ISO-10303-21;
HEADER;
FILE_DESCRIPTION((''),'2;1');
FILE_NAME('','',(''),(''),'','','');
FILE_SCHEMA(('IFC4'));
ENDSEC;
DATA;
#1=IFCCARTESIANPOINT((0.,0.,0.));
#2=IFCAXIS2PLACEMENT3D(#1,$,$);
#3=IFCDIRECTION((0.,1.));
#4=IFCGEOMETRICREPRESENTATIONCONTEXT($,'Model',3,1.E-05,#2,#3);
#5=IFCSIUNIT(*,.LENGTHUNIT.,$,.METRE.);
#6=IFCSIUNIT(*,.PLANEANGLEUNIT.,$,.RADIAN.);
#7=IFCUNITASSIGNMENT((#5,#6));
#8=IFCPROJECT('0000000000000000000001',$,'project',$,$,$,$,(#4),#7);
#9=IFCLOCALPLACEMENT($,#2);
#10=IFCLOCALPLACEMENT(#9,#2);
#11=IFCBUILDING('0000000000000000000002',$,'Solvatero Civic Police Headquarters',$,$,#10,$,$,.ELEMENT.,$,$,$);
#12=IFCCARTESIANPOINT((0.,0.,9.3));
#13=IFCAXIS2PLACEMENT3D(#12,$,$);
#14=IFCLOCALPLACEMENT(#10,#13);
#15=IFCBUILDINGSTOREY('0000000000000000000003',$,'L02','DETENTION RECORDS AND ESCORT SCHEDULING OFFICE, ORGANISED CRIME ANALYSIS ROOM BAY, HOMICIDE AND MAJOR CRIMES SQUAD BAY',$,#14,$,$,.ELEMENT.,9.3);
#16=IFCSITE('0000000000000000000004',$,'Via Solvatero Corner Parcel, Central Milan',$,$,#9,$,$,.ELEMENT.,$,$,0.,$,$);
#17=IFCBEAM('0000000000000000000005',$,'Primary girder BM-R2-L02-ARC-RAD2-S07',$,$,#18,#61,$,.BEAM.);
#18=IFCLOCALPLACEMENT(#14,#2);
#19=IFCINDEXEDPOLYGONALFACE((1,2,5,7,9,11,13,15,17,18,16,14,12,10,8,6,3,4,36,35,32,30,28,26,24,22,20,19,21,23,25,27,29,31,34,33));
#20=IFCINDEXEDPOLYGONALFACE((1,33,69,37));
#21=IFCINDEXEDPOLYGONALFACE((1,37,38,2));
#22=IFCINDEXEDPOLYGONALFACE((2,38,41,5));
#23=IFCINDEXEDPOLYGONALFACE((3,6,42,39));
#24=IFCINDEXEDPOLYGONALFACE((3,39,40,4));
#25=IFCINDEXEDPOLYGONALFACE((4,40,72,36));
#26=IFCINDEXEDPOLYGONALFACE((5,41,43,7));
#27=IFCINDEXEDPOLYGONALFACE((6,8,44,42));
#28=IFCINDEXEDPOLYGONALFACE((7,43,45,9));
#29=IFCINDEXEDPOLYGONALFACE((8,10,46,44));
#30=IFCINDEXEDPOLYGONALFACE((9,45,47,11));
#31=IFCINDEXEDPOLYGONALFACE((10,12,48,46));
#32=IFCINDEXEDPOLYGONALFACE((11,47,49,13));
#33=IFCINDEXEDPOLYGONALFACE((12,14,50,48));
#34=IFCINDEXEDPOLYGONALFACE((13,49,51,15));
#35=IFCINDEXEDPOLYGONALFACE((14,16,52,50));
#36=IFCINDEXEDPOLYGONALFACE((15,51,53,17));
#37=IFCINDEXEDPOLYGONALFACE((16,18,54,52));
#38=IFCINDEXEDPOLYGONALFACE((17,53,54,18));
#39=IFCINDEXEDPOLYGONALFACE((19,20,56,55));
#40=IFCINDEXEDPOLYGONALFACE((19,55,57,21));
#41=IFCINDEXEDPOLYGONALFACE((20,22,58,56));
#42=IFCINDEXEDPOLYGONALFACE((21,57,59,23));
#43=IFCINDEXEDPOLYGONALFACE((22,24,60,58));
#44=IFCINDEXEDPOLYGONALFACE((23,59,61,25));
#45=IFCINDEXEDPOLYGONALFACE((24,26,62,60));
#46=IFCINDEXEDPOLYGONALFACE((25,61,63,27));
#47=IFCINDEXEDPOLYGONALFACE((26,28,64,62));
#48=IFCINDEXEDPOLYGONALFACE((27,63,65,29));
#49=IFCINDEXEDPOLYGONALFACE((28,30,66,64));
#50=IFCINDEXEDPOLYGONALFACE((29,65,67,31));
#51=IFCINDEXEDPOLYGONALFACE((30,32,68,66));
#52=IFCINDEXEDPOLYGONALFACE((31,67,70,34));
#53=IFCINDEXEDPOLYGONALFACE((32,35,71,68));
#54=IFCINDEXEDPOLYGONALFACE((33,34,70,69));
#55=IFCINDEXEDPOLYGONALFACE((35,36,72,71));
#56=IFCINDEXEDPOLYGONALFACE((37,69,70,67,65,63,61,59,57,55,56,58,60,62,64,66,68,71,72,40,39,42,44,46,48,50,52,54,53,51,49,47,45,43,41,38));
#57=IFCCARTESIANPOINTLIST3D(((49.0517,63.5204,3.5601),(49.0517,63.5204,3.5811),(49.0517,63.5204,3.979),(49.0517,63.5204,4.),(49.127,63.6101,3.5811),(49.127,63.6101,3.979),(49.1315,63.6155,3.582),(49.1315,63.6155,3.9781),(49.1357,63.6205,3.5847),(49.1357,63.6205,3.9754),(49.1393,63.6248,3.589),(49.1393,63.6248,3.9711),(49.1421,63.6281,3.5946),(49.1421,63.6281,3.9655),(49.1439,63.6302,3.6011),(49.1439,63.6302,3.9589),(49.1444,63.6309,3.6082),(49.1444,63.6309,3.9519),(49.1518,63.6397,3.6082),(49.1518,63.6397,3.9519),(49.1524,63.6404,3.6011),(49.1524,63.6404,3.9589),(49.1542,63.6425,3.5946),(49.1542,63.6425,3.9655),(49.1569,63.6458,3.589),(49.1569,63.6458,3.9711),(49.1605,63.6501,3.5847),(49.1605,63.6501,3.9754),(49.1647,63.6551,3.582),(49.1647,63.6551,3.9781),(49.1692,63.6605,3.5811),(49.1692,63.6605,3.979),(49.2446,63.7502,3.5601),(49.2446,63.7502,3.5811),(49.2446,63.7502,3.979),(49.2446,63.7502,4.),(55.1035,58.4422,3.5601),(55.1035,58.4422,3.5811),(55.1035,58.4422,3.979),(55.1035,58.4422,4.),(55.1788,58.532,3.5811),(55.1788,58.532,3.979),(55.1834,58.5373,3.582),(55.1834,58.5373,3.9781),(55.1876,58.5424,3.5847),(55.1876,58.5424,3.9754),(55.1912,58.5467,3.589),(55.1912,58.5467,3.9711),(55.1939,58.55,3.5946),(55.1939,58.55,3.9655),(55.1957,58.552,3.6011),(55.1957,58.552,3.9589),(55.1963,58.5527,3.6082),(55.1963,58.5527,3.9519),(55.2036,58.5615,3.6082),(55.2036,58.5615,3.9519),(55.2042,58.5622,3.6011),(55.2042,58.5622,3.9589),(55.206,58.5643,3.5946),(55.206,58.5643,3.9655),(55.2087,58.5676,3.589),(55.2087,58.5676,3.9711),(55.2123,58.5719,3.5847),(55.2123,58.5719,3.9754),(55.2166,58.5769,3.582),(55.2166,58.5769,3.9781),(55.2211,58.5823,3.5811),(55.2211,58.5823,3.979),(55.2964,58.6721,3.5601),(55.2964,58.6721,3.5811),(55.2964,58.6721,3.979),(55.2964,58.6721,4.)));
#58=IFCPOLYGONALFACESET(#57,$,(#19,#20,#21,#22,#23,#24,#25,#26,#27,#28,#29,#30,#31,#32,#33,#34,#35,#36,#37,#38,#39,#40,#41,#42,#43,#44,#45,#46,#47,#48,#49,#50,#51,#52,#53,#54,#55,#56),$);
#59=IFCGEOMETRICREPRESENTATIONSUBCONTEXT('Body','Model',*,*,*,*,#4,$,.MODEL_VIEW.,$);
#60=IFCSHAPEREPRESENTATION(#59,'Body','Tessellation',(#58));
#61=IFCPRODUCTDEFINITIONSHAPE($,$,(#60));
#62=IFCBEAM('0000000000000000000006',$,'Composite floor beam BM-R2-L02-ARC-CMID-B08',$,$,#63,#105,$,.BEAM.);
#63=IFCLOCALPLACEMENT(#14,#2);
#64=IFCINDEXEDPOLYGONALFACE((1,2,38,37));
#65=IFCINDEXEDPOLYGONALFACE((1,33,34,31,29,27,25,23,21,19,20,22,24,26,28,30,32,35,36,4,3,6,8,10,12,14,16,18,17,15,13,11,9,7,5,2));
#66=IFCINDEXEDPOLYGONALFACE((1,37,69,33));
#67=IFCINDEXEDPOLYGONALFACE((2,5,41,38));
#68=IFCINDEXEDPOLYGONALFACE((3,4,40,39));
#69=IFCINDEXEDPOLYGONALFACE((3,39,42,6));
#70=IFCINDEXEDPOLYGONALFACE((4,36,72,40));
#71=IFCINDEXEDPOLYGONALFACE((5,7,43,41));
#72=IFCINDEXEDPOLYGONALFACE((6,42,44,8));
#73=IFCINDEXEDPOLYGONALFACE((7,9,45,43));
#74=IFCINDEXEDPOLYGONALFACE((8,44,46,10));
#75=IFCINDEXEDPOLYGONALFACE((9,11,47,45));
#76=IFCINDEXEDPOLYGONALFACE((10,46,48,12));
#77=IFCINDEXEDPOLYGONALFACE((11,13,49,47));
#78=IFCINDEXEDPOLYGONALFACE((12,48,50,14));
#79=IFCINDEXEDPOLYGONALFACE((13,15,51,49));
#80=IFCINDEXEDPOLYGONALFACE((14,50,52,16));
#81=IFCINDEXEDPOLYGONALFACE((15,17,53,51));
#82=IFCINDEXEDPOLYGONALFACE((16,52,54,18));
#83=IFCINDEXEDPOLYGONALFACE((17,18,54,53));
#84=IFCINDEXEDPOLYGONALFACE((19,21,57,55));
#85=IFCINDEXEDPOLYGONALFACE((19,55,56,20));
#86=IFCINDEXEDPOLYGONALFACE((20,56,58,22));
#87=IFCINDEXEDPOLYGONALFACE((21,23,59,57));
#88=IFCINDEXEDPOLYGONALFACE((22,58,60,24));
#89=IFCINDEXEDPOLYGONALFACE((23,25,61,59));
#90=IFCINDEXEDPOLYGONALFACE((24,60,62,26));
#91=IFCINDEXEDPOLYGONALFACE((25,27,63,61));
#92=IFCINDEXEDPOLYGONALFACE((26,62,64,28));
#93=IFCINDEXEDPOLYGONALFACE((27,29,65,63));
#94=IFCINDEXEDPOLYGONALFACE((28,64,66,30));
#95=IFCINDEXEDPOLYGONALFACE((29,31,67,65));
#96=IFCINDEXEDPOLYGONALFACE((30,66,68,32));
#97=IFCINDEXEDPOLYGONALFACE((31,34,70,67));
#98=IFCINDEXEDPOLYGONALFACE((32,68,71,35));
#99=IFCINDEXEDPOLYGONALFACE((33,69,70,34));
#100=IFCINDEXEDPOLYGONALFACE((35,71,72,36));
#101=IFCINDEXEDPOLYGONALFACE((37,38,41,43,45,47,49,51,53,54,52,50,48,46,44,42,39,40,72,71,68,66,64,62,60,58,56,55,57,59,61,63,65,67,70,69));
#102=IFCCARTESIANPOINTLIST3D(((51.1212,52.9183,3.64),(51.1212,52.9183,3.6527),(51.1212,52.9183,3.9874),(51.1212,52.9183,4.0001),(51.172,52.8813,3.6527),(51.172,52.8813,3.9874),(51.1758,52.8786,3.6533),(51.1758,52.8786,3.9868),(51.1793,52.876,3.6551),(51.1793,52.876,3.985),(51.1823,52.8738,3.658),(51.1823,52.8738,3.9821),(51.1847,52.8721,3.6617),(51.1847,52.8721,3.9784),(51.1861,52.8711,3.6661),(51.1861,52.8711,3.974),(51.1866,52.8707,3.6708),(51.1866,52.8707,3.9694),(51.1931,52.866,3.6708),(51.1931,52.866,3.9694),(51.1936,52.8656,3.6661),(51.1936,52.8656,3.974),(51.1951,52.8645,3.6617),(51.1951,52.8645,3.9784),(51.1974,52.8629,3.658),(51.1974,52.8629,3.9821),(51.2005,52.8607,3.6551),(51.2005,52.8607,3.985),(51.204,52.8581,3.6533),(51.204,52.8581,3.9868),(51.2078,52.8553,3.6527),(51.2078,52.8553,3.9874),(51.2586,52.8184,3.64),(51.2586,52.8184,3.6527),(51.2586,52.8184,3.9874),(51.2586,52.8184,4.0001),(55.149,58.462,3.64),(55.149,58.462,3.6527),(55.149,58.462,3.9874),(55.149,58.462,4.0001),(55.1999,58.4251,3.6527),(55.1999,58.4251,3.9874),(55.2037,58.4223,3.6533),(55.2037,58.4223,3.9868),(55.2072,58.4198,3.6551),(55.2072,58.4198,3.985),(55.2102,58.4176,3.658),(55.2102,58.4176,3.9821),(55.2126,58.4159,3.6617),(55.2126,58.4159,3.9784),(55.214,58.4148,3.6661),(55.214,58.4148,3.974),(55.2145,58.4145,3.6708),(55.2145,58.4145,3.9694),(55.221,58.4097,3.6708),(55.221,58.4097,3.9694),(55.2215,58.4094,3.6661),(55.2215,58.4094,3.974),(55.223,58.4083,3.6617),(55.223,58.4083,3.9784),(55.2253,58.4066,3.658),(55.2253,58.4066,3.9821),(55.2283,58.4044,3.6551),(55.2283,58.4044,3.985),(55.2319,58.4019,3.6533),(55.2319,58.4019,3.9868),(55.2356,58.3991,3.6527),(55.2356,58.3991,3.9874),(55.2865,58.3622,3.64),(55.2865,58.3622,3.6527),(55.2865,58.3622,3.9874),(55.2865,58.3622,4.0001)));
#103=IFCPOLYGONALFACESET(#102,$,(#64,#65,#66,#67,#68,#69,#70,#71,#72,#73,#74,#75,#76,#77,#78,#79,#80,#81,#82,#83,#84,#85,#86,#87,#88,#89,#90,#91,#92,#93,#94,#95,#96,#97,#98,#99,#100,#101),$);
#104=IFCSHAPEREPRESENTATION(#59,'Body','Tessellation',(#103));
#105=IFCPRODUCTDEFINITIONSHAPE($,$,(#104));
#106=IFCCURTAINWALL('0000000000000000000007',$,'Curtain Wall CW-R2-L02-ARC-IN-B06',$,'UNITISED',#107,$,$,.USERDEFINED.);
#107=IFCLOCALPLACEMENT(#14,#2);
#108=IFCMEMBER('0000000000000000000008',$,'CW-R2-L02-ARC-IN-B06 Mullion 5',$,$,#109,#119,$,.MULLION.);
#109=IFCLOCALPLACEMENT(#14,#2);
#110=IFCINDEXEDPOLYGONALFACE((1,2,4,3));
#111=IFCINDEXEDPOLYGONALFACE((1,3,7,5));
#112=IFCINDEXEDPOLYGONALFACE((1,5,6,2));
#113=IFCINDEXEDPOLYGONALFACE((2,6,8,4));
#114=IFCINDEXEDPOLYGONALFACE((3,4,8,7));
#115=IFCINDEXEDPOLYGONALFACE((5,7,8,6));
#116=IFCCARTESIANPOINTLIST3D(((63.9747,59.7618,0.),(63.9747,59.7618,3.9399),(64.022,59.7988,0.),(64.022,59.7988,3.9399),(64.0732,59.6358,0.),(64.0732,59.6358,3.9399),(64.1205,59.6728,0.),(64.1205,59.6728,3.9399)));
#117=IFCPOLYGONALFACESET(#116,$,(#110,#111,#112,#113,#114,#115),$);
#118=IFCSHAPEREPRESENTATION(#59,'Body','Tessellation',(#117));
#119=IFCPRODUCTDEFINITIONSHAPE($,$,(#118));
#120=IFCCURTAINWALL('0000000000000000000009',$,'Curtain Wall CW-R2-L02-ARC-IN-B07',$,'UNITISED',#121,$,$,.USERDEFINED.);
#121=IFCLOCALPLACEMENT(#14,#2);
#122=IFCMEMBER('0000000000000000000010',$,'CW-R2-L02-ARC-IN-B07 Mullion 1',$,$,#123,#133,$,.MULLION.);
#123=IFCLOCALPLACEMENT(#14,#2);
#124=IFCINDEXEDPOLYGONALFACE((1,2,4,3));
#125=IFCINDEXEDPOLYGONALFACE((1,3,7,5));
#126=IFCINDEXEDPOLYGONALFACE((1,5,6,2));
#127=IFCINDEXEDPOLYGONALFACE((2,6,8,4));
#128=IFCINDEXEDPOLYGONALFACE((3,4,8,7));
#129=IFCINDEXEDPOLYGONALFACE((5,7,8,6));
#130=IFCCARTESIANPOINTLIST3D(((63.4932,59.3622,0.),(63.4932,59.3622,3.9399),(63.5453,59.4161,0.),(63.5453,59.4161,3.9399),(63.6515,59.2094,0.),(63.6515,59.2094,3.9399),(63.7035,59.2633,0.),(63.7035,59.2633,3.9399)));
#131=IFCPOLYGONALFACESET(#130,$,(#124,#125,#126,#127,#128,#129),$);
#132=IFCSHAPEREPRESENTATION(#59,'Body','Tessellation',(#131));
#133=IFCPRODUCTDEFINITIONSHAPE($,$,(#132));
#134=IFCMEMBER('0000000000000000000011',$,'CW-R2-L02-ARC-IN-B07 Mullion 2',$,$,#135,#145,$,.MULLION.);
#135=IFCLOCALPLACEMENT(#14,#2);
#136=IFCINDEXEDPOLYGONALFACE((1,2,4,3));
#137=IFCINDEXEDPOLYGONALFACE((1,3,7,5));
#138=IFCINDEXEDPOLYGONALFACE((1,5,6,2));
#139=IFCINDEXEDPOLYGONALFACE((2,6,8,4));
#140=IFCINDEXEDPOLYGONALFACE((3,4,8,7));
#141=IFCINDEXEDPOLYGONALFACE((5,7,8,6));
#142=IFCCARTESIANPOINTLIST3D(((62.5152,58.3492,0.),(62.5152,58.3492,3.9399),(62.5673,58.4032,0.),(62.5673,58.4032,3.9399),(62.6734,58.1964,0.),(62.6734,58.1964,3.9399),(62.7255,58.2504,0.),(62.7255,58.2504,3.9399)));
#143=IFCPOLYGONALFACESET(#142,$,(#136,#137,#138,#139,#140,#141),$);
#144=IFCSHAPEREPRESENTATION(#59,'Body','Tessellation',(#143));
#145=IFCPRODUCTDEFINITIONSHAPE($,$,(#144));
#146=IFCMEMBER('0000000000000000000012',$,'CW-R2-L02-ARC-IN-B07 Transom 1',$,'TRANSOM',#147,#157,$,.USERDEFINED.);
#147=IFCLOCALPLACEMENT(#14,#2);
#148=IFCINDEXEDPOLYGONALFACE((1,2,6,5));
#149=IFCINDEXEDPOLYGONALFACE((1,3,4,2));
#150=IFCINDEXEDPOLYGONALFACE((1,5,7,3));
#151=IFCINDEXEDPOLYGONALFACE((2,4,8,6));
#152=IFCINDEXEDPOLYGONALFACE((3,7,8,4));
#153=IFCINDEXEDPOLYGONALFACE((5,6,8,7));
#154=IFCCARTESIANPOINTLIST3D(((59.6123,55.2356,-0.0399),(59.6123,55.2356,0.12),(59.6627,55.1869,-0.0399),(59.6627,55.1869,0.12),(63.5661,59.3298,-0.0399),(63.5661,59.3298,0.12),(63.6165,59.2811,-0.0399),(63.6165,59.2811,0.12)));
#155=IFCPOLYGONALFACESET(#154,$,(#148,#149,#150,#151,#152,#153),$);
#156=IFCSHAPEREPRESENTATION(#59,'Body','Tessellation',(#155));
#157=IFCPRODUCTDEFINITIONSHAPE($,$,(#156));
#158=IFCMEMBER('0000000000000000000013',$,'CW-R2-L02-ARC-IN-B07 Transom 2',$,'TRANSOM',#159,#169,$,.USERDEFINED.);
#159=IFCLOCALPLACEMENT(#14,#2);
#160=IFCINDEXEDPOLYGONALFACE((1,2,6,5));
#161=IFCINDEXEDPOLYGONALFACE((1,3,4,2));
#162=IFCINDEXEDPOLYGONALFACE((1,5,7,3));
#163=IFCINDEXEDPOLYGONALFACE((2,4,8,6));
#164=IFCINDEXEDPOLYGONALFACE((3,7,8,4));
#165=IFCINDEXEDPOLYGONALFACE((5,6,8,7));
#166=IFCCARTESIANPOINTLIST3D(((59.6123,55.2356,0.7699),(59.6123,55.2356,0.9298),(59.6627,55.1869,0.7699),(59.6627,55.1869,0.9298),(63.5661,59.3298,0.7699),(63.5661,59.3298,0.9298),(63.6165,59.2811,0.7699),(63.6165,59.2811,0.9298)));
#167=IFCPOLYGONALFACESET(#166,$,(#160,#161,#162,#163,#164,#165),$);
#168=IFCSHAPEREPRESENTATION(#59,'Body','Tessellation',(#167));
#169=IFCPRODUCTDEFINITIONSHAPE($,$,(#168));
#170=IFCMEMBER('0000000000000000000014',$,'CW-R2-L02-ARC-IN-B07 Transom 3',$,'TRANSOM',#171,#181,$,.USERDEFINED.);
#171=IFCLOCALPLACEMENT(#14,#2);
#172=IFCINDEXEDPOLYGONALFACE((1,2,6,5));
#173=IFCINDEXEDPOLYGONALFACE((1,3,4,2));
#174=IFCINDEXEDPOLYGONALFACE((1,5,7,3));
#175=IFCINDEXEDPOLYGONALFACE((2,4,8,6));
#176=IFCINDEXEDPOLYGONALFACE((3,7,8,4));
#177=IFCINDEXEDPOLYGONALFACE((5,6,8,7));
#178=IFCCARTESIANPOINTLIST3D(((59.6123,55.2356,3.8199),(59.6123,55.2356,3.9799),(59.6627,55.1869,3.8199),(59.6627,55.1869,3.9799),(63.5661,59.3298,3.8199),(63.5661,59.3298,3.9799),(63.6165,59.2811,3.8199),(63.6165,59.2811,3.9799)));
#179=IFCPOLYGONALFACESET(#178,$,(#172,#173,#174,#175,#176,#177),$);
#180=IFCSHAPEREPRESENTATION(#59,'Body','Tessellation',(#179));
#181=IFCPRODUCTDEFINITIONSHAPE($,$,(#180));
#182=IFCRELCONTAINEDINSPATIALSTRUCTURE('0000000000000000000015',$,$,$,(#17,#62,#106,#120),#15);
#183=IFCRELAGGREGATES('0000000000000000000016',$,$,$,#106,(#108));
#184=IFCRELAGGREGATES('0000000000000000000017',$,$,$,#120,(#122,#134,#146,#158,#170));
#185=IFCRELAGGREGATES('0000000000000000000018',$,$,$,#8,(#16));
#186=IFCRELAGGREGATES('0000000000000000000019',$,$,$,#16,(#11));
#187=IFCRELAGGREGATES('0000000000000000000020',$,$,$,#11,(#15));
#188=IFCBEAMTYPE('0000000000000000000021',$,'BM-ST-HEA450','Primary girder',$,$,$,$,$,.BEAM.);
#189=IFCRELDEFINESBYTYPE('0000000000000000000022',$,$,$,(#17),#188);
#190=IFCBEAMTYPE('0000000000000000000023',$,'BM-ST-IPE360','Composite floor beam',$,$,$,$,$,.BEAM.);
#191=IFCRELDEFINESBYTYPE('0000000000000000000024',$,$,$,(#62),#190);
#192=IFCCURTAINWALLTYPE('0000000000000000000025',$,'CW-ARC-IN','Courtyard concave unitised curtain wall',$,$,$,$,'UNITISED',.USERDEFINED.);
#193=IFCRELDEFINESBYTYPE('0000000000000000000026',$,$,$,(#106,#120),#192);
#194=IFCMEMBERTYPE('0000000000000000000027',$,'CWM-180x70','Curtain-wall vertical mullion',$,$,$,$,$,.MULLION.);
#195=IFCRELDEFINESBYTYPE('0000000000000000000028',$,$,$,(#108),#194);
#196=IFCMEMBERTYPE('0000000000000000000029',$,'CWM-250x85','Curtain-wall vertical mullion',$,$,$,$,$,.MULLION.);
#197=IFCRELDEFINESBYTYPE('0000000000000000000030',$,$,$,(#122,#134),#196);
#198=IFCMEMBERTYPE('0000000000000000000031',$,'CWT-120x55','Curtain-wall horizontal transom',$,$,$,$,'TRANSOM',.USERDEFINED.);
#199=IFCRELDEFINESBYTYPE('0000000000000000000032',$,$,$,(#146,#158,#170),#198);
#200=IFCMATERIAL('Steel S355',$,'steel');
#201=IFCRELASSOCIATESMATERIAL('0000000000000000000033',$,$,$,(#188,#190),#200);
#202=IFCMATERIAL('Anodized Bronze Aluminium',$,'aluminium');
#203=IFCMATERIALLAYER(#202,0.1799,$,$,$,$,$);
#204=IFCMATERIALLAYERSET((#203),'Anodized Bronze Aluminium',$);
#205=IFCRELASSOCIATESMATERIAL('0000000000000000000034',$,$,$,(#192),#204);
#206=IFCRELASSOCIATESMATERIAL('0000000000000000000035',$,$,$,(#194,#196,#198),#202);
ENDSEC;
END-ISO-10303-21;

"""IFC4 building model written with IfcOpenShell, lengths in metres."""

from ifc_helpers import new_model, si_unit, direction, frame, origin, origin_2d, place, context, subcontext, project, spatial, rectangle, i_section, extrude, material, layer, layer_set, material_profile, profile_set, type_object, element, aggregate, save


model = new_model("IFC4")

# Units and contexts
model_context = context("Model", 3, precision=1e-05, world=origin(), true_north=direction((0.0, 1.0)))
body_context = subcontext(model_context, "Body", "Model", "MODEL_VIEW")
ifc_project = project(units=[si_unit("LENGTHUNIT", "METRE"), si_unit("PLANEANGLEUNIT", "RADIAN")], contexts=[model_context])

# Site, building, storey
site_placement = place(None, origin())
site = spatial("IfcSite", under=ifc_project, at=site_placement, Name="Via Solvatero Corner Parcel, Central Milan", CompositionType="ELEMENT", RefElevation=0.0)
building_placement = place(site_placement, origin())
building = spatial("IfcBuilding", under=site, at=building_placement, Name="Solvatero Civic Police Headquarters", CompositionType="ELEMENT")
storey_placement = place(building_placement, frame((0.0, 0.0, 9.3)))
storey = spatial("IfcBuildingStorey", under=building, at=storey_placement, Name="L02", Description="DETENTION RECORDS AND ESCORT SCHEDULING OFFICE, ORGANISED CRIME ANALYSIS ROOM BAY, HOMICIDE AND MAJOR CRIMES SQUAD BAY", CompositionType="ELEMENT", Elevation=9.3)

# Shared definitions
ifc_material_1 = material(Name="Steel S355", Category="steel")

# Beams
ifc_material_profile_1 = material_profile(ifc_material_1, i_section(OverallWidth=0.3, OverallDepth=0.4399, WebThickness=0.0115, FlangeThickness=0.021, FilletRadius=0.0271, at=origin_2d()), Name="HEA 450")
ifc_profile_set_1 = profile_set([ifc_material_profile_1], Name="Steel S355")
beam_type_1 = type_object("IfcBeamType", Name="BM-ST-HEA450", Description="Primary girder", PredefinedType="BEAM", material=ifc_profile_set_1)
beam_1_placement = place(storey_placement, frame((55.2, 58.5571, 3.78), z_axis=(-0.766038, 0.642795, 0.0), x_axis=(-0.642795, -0.766038, 0.0)))
element("IfcBeam", 1, at=beam_1_placement, inside=storey, type_object=beam_type_1, Name="Primary girder BM-R2-L02-ARC-RAD2-S07", PredefinedType="BEAM", context=body_context, shape_type="SweptSolid", body=[
    extrude(i_section(OverallWidth=0.3, OverallDepth=0.4399, WebThickness=0.0115, FlangeThickness=0.021, FilletRadius=0.0271, at=origin_2d()), origin(), (0.0, 0.0, 1.0), 7.9001),
])
ifc_material_profile_2 = material_profile(ifc_material_1, i_section(OverallWidth=0.1699, OverallDepth=0.3601, WebThickness=0.0081, FlangeThickness=0.0127, FilletRadius=0.0181, at=origin_2d()), Name="IPE 360")
ifc_profile_set_2 = profile_set([ifc_material_profile_2], Name="Steel S355")
beam_type_2 = type_object("IfcBeamType", Name="BM-ST-IPE360", Description="Composite floor beam", PredefinedType="BEAM", material=ifc_profile_set_2)
beam_2_placement = place(storey_placement, frame((55.2178, 58.4121, 3.8201), z_axis=(-0.587795, -0.80901, 0.0), x_axis=(0.80901, -0.587795, 0.0)))
element("IfcBeam", 2, at=beam_2_placement, inside=storey, type_object=beam_type_2, Name="Composite floor beam BM-R2-L02-ARC-CMID-B08", PredefinedType="BEAM", context=body_context, shape_type="SweptSolid", body=[
    extrude(i_section(OverallWidth=0.1699, OverallDepth=0.3601, WebThickness=0.0081, FlangeThickness=0.0127, FilletRadius=0.0181, at=origin_2d()), origin(), (0.0, 0.0, 1.0), 6.8525),
])

# Curtain wall, member
ifc_material_2 = material(Name="Anodized Bronze Aluminium", Category="aluminium")
ifc_layer_1 = layer(ifc_material_2, 0.1799)
ifc_layer_set_1 = layer_set([ifc_layer_1], Name="Anodized Bronze Aluminium")
curtain_wall_type = type_object("IfcCurtainWallType", Name="CW-ARC-IN", Description="Courtyard concave unitised curtain wall", ElementType="UNITISED", PredefinedType="USERDEFINED", material=ifc_layer_set_1)
curtain_wall_1_placement = place(storey_placement, origin())
curtain_wall_1 = element("IfcCurtainWall", 3, at=curtain_wall_1_placement, inside=storey, type_object=curtain_wall_type, Name="Curtain Wall CW-R2-L02-ARC-IN-B06", ObjectType="UNITISED", PredefinedType="USERDEFINED")
ifc_material_profile_3 = material_profile(ifc_material_2, rectangle(XDim=0.0601, YDim=0.1599, at=origin_2d()), Name="ALU MULLION 60x160")
ifc_profile_set_3 = profile_set([ifc_material_profile_3], Name="Anodized Bronze Aluminium")
member_type_1 = type_object("IfcMemberType", Name="CWM-180x70", Description="Curtain-wall vertical mullion", PredefinedType="MULLION", material=ifc_profile_set_3)
member_1_placement = place(storey_placement, frame((64.0476, 59.7173, 0.0), z_axis=(0.0, 0.0, 1.0), x_axis=(-0.788011, -0.615661, 0.0)))
member_1 = element("IfcMember", 4, at=member_1_placement, type_object=member_type_1, Name="CW-R2-L02-ARC-IN-B06 Mullion 5", PredefinedType="MULLION", context=body_context, shape_type="SweptSolid", body=[
    extrude(rectangle(XDim=0.0601, YDim=0.1599, at=origin_2d()), origin(), (0.0, 0.0, 1.0), 3.9399),
])
aggregate(curtain_wall_1, [member_1])

# Curtain wall, members
curtain_wall_2_placement = place(storey_placement, origin())
curtain_wall_2 = element("IfcCurtainWall", 5, at=curtain_wall_2_placement, inside=storey, type_object=curtain_wall_type, Name="Curtain Wall CW-R2-L02-ARC-IN-B07", ObjectType="UNITISED", PredefinedType="USERDEFINED")
ifc_material_profile_4 = material_profile(ifc_material_2, rectangle(XDim=0.075, YDim=0.22, at=origin_2d()), Name="ALU MULLION 75x220")
ifc_profile_set_4 = profile_set([ifc_material_profile_4], Name="Anodized Bronze Aluminium")
member_type_2 = type_object("IfcMemberType", Name="CWM-250x85", Description="Curtain-wall vertical mullion", PredefinedType="MULLION", material=ifc_profile_set_4)
member_2_placement = place(storey_placement, frame((63.5984, 59.3127, 0.0), z_axis=(0.0, 0.0, 1.0), x_axis=(-0.694658, -0.71934, 0.0)))
member_2 = element("IfcMember", 6, at=member_2_placement, type_object=member_type_2, Name="CW-R2-L02-ARC-IN-B07 Mullion 1", PredefinedType="MULLION", context=body_context, shape_type="SweptSolid", body=[
    extrude(rectangle(XDim=0.075, YDim=0.22, at=origin_2d()), origin(), (0.0, 0.0, 1.0), 3.9399),
])
member_3_placement = place(storey_placement, frame((62.6204, 58.2998, 0.0), z_axis=(0.0, 0.0, 1.0), x_axis=(-0.694658, -0.71934, 0.0)))
member_3 = element("IfcMember", 7, at=member_3_placement, type_object=member_type_2, Name="CW-R2-L02-ARC-IN-B07 Mullion 2", PredefinedType="MULLION", context=body_context, shape_type="SweptSolid", body=[
    extrude(rectangle(XDim=0.075, YDim=0.22, at=origin_2d()), origin(), (0.0, 0.0, 1.0), 3.9399),
])
ifc_material_profile_5 = material_profile(ifc_material_2, rectangle(XDim=0.0701, YDim=0.1599, at=origin_2d()), Name="ALU TRANSOM 70x160")
ifc_profile_set_5 = profile_set([ifc_material_profile_5], Name="Anodized Bronze Aluminium")
member_type_3 = type_object("IfcMemberType", Name="CWT-120x55", Description="Curtain-wall horizontal transom", ElementType="TRANSOM", PredefinedType="USERDEFINED", material=ifc_profile_set_5)
member_4_placement = place(storey_placement, frame((63.5913, 59.3054, 0.04), z_axis=(-0.694667, -0.719331, 0.0), x_axis=(0.719331, -0.694667, 0.0)))
member_4 = element("IfcMember", 8, at=member_4_placement, type_object=member_type_3, Name="CW-R2-L02-ARC-IN-B07 Transom 1", ObjectType="TRANSOM", PredefinedType="USERDEFINED", context=body_context, shape_type="SweptSolid", body=[
    extrude(rectangle(XDim=0.0701, YDim=0.1599, at=origin_2d()), origin(), (0.0, 0.0, 1.0), 5.6917),
])
member_5_placement = place(storey_placement, frame((63.5913, 59.3054, 0.8499), z_axis=(-0.694667, -0.719331, 0.0), x_axis=(0.719331, -0.694667, 0.0)))
member_5 = element("IfcMember", 9, at=member_5_placement, type_object=member_type_3, Name="CW-R2-L02-ARC-IN-B07 Transom 2", ObjectType="TRANSOM", PredefinedType="USERDEFINED", context=body_context, shape_type="SweptSolid", body=[
    extrude(rectangle(XDim=0.0701, YDim=0.1599, at=origin_2d()), origin(), (0.0, 0.0, 1.0), 5.6917),
])
member_6_placement = place(storey_placement, frame((63.5913, 59.3054, 3.8999), z_axis=(-0.694667, -0.719331, 0.0), x_axis=(0.719331, -0.694667, 0.0)))
member_6 = element("IfcMember", 10, at=member_6_placement, type_object=member_type_3, Name="CW-R2-L02-ARC-IN-B07 Transom 3", ObjectType="TRANSOM", PredefinedType="USERDEFINED", context=body_context, shape_type="SweptSolid", body=[
    extrude(rectangle(XDim=0.0701, YDim=0.1599, at=origin_2d()), origin(), (0.0, 0.0, 1.0), 5.6917),
])
aggregate(curtain_wall_2, [member_2, member_3, member_4, member_5, member_6])

save(model, "model.ifc")
